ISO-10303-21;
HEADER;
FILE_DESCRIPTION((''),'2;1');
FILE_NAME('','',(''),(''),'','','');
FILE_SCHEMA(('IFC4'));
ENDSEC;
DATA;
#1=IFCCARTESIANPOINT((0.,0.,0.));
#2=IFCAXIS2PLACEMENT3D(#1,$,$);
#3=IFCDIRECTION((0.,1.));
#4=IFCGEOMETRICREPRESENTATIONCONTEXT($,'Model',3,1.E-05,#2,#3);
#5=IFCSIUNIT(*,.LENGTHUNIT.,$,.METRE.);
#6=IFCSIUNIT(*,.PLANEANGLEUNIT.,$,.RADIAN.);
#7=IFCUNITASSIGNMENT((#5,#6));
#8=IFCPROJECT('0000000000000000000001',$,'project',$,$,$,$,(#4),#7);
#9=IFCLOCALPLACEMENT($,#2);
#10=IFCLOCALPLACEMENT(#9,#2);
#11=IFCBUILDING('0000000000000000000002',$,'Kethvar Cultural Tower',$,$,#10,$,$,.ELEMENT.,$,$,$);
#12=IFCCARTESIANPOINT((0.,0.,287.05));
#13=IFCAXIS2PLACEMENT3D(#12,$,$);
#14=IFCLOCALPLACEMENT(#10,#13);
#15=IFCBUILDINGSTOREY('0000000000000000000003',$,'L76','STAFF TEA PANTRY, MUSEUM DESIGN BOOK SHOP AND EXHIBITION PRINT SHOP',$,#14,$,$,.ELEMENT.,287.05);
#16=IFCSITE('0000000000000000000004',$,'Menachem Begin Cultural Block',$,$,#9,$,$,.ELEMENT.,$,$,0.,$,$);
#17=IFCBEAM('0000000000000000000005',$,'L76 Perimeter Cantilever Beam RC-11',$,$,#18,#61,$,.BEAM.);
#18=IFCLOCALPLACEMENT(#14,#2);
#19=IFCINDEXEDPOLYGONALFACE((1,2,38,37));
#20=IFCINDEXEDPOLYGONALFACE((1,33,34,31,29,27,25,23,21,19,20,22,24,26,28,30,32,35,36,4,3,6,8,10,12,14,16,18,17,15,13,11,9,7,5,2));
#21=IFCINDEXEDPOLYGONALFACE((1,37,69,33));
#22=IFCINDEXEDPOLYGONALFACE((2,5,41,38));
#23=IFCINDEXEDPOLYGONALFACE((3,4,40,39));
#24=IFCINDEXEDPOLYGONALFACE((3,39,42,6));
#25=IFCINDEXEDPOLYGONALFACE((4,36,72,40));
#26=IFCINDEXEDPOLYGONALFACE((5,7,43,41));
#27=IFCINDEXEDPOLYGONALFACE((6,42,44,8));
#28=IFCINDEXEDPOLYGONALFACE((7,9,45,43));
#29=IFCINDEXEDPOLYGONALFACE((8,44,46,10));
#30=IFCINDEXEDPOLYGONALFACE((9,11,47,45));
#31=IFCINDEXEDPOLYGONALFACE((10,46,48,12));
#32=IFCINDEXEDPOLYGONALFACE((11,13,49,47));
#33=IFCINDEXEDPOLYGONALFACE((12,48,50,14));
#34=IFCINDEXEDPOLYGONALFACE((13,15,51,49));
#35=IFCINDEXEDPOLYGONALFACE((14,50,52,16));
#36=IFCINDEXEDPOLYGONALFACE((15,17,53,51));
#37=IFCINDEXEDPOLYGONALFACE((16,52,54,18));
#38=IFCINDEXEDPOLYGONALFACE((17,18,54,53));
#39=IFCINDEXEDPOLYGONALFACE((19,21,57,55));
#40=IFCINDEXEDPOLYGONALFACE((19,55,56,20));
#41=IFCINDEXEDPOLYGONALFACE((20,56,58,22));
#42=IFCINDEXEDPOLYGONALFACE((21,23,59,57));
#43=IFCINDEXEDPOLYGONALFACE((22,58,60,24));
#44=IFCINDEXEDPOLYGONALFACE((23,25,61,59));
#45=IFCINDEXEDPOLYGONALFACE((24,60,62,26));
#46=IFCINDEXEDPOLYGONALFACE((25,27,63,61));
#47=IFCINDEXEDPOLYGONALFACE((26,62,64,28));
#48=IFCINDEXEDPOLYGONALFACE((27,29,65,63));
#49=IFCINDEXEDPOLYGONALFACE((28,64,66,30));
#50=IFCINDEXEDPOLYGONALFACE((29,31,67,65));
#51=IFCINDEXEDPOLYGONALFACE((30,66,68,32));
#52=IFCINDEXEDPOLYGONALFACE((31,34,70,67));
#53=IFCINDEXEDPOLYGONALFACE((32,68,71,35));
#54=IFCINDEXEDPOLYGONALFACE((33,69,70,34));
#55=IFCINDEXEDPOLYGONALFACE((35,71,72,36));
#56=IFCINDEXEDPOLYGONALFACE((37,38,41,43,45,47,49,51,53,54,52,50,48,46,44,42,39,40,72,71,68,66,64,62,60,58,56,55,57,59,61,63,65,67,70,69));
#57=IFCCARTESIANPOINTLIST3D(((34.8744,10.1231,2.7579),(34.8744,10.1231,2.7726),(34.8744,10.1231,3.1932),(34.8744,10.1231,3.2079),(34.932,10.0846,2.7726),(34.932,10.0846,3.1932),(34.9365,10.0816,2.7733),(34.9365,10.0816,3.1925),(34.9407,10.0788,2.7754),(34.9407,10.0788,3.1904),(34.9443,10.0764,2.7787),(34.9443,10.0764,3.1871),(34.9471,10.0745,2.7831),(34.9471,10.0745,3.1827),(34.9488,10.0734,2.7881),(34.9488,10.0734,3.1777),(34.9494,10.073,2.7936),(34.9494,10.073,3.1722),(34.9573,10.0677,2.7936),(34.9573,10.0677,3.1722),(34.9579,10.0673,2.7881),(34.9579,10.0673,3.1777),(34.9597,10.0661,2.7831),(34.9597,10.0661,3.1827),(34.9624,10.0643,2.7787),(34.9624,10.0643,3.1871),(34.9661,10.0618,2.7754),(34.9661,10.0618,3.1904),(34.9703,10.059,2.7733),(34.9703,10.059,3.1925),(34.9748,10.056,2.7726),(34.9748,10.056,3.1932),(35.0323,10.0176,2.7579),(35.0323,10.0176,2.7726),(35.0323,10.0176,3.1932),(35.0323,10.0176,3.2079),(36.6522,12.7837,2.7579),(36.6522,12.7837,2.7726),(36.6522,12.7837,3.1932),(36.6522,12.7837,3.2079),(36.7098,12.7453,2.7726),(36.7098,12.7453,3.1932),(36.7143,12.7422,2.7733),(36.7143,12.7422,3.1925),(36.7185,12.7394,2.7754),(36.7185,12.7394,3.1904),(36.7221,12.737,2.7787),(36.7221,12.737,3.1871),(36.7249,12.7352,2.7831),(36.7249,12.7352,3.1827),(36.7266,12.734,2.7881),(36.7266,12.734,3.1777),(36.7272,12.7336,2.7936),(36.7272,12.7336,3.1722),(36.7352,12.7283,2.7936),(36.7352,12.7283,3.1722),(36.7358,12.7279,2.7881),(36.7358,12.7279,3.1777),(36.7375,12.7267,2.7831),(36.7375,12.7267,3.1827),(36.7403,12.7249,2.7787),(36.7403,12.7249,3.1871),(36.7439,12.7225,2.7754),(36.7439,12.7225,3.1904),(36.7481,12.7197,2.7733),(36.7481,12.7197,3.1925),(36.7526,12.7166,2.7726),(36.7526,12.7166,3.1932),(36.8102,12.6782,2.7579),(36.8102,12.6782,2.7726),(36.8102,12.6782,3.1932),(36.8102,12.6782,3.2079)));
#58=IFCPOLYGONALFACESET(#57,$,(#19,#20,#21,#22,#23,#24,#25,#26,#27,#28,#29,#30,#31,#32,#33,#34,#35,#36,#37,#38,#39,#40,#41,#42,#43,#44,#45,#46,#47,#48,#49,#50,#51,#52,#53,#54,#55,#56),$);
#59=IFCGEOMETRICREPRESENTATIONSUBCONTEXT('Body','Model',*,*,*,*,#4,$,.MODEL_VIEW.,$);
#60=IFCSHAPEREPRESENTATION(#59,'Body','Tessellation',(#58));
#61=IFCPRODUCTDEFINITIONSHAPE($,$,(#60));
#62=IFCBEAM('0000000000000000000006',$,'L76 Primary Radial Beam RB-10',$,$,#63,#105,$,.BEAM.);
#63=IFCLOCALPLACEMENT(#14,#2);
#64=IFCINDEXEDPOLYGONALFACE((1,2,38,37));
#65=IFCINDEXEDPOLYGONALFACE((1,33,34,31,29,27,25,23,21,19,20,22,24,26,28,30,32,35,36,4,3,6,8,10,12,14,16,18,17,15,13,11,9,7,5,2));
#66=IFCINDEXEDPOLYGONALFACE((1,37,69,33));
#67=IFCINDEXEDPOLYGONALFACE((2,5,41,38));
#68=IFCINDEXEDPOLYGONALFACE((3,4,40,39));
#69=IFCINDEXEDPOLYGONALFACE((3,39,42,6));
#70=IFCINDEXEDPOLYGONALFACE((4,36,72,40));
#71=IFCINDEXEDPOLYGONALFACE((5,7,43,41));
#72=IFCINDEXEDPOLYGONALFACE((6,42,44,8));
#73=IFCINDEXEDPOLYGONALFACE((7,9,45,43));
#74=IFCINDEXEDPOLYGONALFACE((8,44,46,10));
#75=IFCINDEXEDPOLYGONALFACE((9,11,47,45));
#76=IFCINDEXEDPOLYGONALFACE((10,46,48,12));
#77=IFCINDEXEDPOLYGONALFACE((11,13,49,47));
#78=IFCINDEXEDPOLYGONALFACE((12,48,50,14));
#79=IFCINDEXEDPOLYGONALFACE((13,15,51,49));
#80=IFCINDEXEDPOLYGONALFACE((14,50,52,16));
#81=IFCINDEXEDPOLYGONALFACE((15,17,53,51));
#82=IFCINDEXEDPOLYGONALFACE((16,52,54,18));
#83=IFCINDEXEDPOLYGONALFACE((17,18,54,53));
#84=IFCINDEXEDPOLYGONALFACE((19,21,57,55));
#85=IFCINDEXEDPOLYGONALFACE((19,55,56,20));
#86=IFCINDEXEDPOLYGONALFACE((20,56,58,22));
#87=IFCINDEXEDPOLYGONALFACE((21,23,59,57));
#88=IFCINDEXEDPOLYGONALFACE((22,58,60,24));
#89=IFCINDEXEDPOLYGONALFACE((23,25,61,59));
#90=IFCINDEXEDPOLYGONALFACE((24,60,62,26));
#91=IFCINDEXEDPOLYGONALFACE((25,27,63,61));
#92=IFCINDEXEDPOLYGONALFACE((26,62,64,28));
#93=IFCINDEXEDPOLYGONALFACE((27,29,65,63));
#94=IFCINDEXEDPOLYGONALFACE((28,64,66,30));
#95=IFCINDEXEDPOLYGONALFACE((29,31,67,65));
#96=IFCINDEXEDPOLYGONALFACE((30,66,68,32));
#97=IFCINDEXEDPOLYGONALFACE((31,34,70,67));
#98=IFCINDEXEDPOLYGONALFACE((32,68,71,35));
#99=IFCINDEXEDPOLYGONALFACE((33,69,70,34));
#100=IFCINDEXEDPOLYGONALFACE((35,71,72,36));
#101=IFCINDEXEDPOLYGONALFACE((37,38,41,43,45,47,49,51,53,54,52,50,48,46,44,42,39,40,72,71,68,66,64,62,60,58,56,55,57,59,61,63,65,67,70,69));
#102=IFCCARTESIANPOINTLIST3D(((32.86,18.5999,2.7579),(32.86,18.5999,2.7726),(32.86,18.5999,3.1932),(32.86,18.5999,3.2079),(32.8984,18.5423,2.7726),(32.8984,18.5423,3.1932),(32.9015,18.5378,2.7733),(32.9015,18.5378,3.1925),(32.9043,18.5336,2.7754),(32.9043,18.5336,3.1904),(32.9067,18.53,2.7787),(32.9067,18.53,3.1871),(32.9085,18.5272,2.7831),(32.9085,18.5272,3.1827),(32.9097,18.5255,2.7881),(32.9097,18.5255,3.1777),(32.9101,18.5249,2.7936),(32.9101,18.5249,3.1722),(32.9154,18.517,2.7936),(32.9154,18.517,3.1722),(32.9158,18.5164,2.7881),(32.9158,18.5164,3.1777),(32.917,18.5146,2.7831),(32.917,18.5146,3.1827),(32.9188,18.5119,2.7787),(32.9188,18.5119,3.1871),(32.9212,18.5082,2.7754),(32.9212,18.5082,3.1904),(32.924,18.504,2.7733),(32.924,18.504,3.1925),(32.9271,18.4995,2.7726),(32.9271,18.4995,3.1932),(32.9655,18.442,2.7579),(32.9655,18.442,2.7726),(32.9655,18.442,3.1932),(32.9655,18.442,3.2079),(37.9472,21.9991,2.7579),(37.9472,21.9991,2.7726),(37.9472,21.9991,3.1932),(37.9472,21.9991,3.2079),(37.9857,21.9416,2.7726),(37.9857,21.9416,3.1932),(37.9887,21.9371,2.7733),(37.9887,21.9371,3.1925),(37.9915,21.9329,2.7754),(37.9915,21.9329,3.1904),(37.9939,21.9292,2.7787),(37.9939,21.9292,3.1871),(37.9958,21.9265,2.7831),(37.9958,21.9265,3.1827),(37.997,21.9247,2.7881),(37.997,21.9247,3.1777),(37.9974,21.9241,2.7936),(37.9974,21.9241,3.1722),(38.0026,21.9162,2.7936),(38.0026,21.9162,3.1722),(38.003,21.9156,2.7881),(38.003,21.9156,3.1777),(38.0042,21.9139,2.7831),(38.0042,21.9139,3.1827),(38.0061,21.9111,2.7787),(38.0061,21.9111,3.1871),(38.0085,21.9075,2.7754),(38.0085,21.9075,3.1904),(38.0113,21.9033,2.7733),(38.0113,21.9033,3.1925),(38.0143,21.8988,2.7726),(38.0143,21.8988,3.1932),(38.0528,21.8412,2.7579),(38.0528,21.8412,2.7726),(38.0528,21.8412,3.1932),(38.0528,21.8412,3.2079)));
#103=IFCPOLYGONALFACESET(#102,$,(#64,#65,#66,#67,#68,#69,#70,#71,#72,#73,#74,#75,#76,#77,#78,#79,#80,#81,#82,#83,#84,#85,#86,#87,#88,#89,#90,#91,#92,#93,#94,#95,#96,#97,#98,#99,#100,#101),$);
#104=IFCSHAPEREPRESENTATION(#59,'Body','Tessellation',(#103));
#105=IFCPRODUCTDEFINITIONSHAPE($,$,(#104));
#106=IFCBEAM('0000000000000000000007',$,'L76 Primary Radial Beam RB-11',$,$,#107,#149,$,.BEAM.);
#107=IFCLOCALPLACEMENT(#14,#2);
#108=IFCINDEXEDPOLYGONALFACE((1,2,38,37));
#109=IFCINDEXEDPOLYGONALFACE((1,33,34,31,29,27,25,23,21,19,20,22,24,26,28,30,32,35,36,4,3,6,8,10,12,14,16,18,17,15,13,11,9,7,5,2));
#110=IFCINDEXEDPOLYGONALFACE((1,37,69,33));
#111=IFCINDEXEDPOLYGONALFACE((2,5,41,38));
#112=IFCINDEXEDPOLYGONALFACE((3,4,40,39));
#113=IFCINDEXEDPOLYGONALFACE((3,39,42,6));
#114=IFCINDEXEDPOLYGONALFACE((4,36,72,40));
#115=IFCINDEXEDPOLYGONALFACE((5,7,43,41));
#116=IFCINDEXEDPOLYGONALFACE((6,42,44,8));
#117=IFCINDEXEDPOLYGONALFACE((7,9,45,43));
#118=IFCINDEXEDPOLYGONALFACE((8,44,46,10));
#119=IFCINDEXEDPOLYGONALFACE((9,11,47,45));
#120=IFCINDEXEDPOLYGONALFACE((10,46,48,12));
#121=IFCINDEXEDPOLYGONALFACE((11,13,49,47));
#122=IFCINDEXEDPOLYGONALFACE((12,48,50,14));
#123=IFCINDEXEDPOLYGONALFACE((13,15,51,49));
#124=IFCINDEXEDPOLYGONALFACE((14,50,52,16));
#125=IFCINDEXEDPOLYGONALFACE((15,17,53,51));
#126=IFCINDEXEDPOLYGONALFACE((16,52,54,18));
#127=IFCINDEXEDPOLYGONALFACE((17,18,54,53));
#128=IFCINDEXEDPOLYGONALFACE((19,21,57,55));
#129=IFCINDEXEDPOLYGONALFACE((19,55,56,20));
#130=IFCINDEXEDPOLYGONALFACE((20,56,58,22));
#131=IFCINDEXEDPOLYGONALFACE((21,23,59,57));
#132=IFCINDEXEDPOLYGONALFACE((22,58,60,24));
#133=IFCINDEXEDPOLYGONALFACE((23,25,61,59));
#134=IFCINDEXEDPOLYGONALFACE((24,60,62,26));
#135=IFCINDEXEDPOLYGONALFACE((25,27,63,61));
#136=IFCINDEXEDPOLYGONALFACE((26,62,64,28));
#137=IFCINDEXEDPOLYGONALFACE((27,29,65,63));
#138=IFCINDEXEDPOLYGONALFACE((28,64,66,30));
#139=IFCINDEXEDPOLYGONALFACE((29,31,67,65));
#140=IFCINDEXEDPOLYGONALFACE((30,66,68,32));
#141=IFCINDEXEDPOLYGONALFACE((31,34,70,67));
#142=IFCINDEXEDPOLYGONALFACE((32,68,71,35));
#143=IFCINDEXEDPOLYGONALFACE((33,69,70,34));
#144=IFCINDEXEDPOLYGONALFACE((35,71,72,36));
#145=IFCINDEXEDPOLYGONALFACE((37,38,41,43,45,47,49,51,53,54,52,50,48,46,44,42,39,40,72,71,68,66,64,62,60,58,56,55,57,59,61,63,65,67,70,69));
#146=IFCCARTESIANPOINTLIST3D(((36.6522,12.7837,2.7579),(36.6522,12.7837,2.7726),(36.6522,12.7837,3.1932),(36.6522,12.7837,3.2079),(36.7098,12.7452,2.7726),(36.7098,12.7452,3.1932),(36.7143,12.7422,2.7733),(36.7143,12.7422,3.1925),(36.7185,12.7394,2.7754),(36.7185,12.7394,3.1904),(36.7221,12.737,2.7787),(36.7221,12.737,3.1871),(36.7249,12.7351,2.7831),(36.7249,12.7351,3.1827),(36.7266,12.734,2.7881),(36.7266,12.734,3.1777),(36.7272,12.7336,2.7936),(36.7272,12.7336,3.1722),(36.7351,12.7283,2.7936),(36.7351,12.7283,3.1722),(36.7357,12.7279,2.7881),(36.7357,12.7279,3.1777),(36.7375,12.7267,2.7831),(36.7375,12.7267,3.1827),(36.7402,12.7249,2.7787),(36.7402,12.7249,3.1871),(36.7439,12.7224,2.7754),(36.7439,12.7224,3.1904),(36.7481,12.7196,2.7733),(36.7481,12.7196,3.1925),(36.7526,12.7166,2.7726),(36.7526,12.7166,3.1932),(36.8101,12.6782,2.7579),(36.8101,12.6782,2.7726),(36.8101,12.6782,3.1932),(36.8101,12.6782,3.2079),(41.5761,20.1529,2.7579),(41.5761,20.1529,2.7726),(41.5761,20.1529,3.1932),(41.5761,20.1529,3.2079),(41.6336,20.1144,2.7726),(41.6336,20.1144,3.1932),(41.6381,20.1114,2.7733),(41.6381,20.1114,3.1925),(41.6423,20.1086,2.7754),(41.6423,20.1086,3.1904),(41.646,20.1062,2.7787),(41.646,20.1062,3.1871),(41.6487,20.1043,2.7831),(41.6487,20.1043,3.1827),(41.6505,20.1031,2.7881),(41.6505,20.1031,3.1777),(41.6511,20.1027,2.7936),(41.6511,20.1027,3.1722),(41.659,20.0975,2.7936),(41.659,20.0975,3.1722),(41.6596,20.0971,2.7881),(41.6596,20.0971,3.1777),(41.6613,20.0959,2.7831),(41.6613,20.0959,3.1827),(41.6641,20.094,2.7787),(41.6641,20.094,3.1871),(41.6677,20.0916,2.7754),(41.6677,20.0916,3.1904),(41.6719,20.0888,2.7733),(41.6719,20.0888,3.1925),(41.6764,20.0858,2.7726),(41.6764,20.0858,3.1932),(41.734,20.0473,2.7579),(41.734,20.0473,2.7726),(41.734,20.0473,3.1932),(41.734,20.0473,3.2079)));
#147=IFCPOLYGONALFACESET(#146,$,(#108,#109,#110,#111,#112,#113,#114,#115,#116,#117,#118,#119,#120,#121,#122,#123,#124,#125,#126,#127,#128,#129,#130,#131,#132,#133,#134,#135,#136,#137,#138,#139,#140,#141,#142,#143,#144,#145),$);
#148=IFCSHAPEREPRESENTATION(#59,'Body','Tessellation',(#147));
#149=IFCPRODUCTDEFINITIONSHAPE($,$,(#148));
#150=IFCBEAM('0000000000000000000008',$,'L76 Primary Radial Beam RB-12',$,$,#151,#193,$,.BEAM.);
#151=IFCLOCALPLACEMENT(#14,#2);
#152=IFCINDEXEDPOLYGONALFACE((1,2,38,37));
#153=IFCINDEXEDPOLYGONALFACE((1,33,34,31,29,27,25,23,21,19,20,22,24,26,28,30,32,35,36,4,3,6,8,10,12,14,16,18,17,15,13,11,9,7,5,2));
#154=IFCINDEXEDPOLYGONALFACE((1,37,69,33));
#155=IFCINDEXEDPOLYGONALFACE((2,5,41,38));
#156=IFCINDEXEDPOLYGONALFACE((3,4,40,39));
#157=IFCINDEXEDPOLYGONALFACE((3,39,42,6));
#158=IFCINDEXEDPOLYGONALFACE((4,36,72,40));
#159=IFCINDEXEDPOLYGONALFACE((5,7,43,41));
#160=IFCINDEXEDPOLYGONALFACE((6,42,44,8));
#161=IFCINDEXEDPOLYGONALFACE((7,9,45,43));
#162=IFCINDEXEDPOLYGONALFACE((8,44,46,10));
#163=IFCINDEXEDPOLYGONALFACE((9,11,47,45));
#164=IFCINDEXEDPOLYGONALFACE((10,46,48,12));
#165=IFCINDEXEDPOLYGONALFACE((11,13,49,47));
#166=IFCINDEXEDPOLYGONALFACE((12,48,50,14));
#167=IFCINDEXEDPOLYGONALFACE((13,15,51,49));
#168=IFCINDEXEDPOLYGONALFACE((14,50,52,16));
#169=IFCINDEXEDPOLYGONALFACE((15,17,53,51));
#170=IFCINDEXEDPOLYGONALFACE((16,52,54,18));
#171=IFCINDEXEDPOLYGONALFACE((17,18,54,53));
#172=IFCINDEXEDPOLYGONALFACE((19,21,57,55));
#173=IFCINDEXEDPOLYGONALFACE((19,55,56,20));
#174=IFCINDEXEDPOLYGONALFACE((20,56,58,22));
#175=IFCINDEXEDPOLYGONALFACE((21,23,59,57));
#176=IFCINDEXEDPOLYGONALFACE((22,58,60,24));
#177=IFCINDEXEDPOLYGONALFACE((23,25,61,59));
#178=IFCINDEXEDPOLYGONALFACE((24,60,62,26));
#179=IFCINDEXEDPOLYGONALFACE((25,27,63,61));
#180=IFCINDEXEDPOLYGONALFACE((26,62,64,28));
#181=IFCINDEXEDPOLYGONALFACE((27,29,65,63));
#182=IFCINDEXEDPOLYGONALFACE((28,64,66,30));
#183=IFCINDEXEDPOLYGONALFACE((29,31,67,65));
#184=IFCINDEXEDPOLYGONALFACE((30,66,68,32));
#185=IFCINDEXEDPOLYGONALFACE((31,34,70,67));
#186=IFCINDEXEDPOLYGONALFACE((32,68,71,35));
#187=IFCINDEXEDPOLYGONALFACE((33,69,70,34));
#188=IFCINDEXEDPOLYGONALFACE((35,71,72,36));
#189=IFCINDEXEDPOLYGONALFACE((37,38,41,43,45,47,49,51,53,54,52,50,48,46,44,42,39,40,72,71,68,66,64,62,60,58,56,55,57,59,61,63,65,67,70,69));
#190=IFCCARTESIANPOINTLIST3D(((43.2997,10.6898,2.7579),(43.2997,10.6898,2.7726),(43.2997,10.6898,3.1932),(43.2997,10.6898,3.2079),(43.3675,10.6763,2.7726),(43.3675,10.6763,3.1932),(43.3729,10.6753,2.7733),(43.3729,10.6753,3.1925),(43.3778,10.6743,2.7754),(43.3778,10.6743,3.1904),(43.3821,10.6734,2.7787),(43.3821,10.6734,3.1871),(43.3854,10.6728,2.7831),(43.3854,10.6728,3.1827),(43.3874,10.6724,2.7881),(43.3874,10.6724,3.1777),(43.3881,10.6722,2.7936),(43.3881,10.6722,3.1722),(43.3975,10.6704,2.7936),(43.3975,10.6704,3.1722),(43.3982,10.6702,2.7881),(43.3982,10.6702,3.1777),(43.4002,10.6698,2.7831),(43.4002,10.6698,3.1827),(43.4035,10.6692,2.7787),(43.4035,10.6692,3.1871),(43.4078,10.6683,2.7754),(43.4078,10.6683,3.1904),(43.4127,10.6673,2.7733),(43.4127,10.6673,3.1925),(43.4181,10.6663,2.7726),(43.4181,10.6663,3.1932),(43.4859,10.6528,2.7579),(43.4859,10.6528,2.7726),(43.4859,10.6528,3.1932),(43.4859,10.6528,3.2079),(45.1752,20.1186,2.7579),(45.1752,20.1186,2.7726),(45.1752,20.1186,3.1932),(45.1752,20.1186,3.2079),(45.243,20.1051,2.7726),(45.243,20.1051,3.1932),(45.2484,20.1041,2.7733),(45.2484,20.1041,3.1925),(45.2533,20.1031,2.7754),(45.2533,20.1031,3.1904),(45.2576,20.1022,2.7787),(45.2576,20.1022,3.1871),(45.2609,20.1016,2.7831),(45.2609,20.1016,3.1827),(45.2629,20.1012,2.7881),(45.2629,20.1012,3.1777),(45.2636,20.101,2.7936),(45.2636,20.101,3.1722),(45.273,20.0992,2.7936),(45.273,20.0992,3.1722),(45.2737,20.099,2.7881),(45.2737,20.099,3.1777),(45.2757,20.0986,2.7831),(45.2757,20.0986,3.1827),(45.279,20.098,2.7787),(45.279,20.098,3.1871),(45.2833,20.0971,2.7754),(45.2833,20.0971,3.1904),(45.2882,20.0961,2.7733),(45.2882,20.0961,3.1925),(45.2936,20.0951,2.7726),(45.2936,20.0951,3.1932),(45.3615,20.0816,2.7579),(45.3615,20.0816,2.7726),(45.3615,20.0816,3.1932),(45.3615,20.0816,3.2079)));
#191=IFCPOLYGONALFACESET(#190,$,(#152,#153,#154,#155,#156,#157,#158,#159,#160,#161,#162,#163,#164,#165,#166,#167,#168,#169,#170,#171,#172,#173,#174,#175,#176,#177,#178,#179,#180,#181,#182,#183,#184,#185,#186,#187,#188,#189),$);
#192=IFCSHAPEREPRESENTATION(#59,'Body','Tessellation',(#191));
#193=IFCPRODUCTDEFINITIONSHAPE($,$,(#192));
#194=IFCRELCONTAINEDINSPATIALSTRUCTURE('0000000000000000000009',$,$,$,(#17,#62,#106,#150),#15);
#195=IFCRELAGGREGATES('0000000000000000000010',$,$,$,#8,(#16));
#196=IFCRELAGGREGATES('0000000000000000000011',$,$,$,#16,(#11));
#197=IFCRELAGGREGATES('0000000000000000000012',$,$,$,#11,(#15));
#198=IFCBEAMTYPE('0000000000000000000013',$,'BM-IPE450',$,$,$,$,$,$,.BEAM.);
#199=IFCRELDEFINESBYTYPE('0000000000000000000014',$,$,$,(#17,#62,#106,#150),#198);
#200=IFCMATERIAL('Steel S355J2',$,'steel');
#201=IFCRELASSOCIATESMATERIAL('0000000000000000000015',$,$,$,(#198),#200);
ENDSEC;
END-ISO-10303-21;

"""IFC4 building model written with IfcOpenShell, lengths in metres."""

from ifc_helpers import new_model, si_unit, direction, frame, origin, origin_2d, place, context, subcontext, project, spatial, i_section, extrude, source, transform, mapped, material, material_profile, profile_set, type_object, element, save


model = new_model("IFC4")

# Units and contexts
model_context = context("Model", 3, precision=1e-05, world=origin(), true_north=direction((0.0, 1.0)))
body_context = subcontext(model_context, "Body", "Model", "MODEL_VIEW")
ifc_project = project(units=[si_unit("LENGTHUNIT", "METRE"), si_unit("PLANEANGLEUNIT", "RADIAN")], contexts=[model_context])

# Site, building, storey
site_placement = place(None, origin())
site = spatial("IfcSite", under=ifc_project, at=site_placement, Name="Menachem Begin Cultural Block", CompositionType="ELEMENT", RefElevation=0.0)
building_placement = place(site_placement, origin())
building = spatial("IfcBuilding", under=site, at=building_placement, Name="Kethvar Cultural Tower", CompositionType="ELEMENT")
storey_placement = place(building_placement, frame((0.0, 0.0, 287.05)))
storey = spatial("IfcBuildingStorey", under=building, at=storey_placement, Name="L76", Description="STAFF TEA PANTRY, MUSEUM DESIGN BOOK SHOP AND EXHIBITION PRINT SHOP", CompositionType="ELEMENT", Elevation=287.05)

# Beams
ifc_material_1 = material(Name="Steel S355J2", Category="steel")
ifc_material_profile_1 = material_profile(ifc_material_1, i_section(OverallWidth=0.1899, OverallDepth=0.45, WebThickness=0.0095, FlangeThickness=0.0146, FilletRadius=0.021, at=origin_2d()), Name="Steel S355J2 — IPE450")
ifc_profile_set_1 = profile_set([ifc_material_profile_1], Name="Steel S355J2 — IPE450")
beam_type_1 = type_object("IfcBeamType", Name="BM-IPE450", PredefinedType="BEAM", material=ifc_profile_set_1)
shared_shape_1 = source(origin(), body_context, "Body", "SweptSolid", [
    extrude(i_section(OverallWidth=0.1899, OverallDepth=0.45, WebThickness=0.0095, FlangeThickness=0.0146, FilletRadius=0.021, at=origin_2d()), origin(), (0.0, 0.0, 1.0), 3.2),
])
beam_1_placement = place(storey_placement, frame((36.7312, 12.731, 2.9829), z_axis=(-0.55558, -0.831463, 0.0), x_axis=(0.831463, -0.55558, 0.0)))
element("IfcBeam", 1, at=beam_1_placement, inside=storey, type_object=beam_type_1, Name="L76 Perimeter Cantilever Beam RC-11", PredefinedType="BEAM", context=body_context, shape_type="MappedRepresentation", body=[
    mapped(shared_shape_1, transform((0.0, 0.0, 0.0), scale=1.0)),
])
shared_shape_2 = source(origin(), body_context, "Body", "SweptSolid", [
    extrude(i_section(OverallWidth=0.1899, OverallDepth=0.45, WebThickness=0.0095, FlangeThickness=0.0146, FilletRadius=0.021, at=origin_2d()), origin(), (0.0, 0.0, 1.0), 6.1184),
])
beam_2_placement = place(storey_placement, frame((38.0, 21.9202, 2.9829), z_axis=(-0.831467, -0.555575, 0.0), x_axis=(0.555575, -0.831467, 0.0)))
element("IfcBeam", 2, at=beam_2_placement, inside=storey, type_object=beam_type_1, Name="L76 Primary Radial Beam RB-10", PredefinedType="BEAM", context=body_context, shape_type="MappedRepresentation", body=[
    mapped(shared_shape_2, transform((0.0, 0.0, 0.0), scale=1.0)),
])
shared_shape_3 = source(origin(), body_context, "Body", "SweptSolid", [
    extrude(i_section(OverallWidth=0.1899, OverallDepth=0.45, WebThickness=0.0095, FlangeThickness=0.0146, FilletRadius=0.021, at=origin_2d()), origin(), (0.0, 0.0, 1.0), 8.8628),
])
beam_3_placement = place(storey_placement, frame((41.655, 20.1001, 2.9829), z_axis=(-0.555564, -0.831473, 0.0), x_axis=(0.831473, -0.555564, 0.0)))
element("IfcBeam", 3, at=beam_3_placement, inside=storey, type_object=beam_type_1, Name="L76 Primary Radial Beam RB-11", PredefinedType="BEAM", context=body_context, shape_type="MappedRepresentation", body=[
    mapped(shared_shape_3, transform((0.0, 0.0, 0.0), scale=1.0)),
])
shared_shape_4 = source(origin(), body_context, "Body", "SweptSolid", [
    extrude(i_section(OverallWidth=0.1899, OverallDepth=0.45, WebThickness=0.0095, FlangeThickness=0.0146, FilletRadius=0.021, at=origin_2d()), origin(), (0.0, 0.0, 1.0), 9.6135),
])
beam_4_placement = place(storey_placement, frame((45.2683, 20.1001, 2.9829), z_axis=(-0.19509, -0.980785, 0.0), x_axis=(0.980785, -0.19509, 0.0)))
element("IfcBeam", 4, at=beam_4_placement, inside=storey, type_object=beam_type_1, Name="L76 Primary Radial Beam RB-12", PredefinedType="BEAM", context=body_context, shape_type="MappedRepresentation", body=[
    mapped(shared_shape_4, transform((0.0, 0.0, 0.0), scale=1.0)),
])

save(model, "model.ifc")
